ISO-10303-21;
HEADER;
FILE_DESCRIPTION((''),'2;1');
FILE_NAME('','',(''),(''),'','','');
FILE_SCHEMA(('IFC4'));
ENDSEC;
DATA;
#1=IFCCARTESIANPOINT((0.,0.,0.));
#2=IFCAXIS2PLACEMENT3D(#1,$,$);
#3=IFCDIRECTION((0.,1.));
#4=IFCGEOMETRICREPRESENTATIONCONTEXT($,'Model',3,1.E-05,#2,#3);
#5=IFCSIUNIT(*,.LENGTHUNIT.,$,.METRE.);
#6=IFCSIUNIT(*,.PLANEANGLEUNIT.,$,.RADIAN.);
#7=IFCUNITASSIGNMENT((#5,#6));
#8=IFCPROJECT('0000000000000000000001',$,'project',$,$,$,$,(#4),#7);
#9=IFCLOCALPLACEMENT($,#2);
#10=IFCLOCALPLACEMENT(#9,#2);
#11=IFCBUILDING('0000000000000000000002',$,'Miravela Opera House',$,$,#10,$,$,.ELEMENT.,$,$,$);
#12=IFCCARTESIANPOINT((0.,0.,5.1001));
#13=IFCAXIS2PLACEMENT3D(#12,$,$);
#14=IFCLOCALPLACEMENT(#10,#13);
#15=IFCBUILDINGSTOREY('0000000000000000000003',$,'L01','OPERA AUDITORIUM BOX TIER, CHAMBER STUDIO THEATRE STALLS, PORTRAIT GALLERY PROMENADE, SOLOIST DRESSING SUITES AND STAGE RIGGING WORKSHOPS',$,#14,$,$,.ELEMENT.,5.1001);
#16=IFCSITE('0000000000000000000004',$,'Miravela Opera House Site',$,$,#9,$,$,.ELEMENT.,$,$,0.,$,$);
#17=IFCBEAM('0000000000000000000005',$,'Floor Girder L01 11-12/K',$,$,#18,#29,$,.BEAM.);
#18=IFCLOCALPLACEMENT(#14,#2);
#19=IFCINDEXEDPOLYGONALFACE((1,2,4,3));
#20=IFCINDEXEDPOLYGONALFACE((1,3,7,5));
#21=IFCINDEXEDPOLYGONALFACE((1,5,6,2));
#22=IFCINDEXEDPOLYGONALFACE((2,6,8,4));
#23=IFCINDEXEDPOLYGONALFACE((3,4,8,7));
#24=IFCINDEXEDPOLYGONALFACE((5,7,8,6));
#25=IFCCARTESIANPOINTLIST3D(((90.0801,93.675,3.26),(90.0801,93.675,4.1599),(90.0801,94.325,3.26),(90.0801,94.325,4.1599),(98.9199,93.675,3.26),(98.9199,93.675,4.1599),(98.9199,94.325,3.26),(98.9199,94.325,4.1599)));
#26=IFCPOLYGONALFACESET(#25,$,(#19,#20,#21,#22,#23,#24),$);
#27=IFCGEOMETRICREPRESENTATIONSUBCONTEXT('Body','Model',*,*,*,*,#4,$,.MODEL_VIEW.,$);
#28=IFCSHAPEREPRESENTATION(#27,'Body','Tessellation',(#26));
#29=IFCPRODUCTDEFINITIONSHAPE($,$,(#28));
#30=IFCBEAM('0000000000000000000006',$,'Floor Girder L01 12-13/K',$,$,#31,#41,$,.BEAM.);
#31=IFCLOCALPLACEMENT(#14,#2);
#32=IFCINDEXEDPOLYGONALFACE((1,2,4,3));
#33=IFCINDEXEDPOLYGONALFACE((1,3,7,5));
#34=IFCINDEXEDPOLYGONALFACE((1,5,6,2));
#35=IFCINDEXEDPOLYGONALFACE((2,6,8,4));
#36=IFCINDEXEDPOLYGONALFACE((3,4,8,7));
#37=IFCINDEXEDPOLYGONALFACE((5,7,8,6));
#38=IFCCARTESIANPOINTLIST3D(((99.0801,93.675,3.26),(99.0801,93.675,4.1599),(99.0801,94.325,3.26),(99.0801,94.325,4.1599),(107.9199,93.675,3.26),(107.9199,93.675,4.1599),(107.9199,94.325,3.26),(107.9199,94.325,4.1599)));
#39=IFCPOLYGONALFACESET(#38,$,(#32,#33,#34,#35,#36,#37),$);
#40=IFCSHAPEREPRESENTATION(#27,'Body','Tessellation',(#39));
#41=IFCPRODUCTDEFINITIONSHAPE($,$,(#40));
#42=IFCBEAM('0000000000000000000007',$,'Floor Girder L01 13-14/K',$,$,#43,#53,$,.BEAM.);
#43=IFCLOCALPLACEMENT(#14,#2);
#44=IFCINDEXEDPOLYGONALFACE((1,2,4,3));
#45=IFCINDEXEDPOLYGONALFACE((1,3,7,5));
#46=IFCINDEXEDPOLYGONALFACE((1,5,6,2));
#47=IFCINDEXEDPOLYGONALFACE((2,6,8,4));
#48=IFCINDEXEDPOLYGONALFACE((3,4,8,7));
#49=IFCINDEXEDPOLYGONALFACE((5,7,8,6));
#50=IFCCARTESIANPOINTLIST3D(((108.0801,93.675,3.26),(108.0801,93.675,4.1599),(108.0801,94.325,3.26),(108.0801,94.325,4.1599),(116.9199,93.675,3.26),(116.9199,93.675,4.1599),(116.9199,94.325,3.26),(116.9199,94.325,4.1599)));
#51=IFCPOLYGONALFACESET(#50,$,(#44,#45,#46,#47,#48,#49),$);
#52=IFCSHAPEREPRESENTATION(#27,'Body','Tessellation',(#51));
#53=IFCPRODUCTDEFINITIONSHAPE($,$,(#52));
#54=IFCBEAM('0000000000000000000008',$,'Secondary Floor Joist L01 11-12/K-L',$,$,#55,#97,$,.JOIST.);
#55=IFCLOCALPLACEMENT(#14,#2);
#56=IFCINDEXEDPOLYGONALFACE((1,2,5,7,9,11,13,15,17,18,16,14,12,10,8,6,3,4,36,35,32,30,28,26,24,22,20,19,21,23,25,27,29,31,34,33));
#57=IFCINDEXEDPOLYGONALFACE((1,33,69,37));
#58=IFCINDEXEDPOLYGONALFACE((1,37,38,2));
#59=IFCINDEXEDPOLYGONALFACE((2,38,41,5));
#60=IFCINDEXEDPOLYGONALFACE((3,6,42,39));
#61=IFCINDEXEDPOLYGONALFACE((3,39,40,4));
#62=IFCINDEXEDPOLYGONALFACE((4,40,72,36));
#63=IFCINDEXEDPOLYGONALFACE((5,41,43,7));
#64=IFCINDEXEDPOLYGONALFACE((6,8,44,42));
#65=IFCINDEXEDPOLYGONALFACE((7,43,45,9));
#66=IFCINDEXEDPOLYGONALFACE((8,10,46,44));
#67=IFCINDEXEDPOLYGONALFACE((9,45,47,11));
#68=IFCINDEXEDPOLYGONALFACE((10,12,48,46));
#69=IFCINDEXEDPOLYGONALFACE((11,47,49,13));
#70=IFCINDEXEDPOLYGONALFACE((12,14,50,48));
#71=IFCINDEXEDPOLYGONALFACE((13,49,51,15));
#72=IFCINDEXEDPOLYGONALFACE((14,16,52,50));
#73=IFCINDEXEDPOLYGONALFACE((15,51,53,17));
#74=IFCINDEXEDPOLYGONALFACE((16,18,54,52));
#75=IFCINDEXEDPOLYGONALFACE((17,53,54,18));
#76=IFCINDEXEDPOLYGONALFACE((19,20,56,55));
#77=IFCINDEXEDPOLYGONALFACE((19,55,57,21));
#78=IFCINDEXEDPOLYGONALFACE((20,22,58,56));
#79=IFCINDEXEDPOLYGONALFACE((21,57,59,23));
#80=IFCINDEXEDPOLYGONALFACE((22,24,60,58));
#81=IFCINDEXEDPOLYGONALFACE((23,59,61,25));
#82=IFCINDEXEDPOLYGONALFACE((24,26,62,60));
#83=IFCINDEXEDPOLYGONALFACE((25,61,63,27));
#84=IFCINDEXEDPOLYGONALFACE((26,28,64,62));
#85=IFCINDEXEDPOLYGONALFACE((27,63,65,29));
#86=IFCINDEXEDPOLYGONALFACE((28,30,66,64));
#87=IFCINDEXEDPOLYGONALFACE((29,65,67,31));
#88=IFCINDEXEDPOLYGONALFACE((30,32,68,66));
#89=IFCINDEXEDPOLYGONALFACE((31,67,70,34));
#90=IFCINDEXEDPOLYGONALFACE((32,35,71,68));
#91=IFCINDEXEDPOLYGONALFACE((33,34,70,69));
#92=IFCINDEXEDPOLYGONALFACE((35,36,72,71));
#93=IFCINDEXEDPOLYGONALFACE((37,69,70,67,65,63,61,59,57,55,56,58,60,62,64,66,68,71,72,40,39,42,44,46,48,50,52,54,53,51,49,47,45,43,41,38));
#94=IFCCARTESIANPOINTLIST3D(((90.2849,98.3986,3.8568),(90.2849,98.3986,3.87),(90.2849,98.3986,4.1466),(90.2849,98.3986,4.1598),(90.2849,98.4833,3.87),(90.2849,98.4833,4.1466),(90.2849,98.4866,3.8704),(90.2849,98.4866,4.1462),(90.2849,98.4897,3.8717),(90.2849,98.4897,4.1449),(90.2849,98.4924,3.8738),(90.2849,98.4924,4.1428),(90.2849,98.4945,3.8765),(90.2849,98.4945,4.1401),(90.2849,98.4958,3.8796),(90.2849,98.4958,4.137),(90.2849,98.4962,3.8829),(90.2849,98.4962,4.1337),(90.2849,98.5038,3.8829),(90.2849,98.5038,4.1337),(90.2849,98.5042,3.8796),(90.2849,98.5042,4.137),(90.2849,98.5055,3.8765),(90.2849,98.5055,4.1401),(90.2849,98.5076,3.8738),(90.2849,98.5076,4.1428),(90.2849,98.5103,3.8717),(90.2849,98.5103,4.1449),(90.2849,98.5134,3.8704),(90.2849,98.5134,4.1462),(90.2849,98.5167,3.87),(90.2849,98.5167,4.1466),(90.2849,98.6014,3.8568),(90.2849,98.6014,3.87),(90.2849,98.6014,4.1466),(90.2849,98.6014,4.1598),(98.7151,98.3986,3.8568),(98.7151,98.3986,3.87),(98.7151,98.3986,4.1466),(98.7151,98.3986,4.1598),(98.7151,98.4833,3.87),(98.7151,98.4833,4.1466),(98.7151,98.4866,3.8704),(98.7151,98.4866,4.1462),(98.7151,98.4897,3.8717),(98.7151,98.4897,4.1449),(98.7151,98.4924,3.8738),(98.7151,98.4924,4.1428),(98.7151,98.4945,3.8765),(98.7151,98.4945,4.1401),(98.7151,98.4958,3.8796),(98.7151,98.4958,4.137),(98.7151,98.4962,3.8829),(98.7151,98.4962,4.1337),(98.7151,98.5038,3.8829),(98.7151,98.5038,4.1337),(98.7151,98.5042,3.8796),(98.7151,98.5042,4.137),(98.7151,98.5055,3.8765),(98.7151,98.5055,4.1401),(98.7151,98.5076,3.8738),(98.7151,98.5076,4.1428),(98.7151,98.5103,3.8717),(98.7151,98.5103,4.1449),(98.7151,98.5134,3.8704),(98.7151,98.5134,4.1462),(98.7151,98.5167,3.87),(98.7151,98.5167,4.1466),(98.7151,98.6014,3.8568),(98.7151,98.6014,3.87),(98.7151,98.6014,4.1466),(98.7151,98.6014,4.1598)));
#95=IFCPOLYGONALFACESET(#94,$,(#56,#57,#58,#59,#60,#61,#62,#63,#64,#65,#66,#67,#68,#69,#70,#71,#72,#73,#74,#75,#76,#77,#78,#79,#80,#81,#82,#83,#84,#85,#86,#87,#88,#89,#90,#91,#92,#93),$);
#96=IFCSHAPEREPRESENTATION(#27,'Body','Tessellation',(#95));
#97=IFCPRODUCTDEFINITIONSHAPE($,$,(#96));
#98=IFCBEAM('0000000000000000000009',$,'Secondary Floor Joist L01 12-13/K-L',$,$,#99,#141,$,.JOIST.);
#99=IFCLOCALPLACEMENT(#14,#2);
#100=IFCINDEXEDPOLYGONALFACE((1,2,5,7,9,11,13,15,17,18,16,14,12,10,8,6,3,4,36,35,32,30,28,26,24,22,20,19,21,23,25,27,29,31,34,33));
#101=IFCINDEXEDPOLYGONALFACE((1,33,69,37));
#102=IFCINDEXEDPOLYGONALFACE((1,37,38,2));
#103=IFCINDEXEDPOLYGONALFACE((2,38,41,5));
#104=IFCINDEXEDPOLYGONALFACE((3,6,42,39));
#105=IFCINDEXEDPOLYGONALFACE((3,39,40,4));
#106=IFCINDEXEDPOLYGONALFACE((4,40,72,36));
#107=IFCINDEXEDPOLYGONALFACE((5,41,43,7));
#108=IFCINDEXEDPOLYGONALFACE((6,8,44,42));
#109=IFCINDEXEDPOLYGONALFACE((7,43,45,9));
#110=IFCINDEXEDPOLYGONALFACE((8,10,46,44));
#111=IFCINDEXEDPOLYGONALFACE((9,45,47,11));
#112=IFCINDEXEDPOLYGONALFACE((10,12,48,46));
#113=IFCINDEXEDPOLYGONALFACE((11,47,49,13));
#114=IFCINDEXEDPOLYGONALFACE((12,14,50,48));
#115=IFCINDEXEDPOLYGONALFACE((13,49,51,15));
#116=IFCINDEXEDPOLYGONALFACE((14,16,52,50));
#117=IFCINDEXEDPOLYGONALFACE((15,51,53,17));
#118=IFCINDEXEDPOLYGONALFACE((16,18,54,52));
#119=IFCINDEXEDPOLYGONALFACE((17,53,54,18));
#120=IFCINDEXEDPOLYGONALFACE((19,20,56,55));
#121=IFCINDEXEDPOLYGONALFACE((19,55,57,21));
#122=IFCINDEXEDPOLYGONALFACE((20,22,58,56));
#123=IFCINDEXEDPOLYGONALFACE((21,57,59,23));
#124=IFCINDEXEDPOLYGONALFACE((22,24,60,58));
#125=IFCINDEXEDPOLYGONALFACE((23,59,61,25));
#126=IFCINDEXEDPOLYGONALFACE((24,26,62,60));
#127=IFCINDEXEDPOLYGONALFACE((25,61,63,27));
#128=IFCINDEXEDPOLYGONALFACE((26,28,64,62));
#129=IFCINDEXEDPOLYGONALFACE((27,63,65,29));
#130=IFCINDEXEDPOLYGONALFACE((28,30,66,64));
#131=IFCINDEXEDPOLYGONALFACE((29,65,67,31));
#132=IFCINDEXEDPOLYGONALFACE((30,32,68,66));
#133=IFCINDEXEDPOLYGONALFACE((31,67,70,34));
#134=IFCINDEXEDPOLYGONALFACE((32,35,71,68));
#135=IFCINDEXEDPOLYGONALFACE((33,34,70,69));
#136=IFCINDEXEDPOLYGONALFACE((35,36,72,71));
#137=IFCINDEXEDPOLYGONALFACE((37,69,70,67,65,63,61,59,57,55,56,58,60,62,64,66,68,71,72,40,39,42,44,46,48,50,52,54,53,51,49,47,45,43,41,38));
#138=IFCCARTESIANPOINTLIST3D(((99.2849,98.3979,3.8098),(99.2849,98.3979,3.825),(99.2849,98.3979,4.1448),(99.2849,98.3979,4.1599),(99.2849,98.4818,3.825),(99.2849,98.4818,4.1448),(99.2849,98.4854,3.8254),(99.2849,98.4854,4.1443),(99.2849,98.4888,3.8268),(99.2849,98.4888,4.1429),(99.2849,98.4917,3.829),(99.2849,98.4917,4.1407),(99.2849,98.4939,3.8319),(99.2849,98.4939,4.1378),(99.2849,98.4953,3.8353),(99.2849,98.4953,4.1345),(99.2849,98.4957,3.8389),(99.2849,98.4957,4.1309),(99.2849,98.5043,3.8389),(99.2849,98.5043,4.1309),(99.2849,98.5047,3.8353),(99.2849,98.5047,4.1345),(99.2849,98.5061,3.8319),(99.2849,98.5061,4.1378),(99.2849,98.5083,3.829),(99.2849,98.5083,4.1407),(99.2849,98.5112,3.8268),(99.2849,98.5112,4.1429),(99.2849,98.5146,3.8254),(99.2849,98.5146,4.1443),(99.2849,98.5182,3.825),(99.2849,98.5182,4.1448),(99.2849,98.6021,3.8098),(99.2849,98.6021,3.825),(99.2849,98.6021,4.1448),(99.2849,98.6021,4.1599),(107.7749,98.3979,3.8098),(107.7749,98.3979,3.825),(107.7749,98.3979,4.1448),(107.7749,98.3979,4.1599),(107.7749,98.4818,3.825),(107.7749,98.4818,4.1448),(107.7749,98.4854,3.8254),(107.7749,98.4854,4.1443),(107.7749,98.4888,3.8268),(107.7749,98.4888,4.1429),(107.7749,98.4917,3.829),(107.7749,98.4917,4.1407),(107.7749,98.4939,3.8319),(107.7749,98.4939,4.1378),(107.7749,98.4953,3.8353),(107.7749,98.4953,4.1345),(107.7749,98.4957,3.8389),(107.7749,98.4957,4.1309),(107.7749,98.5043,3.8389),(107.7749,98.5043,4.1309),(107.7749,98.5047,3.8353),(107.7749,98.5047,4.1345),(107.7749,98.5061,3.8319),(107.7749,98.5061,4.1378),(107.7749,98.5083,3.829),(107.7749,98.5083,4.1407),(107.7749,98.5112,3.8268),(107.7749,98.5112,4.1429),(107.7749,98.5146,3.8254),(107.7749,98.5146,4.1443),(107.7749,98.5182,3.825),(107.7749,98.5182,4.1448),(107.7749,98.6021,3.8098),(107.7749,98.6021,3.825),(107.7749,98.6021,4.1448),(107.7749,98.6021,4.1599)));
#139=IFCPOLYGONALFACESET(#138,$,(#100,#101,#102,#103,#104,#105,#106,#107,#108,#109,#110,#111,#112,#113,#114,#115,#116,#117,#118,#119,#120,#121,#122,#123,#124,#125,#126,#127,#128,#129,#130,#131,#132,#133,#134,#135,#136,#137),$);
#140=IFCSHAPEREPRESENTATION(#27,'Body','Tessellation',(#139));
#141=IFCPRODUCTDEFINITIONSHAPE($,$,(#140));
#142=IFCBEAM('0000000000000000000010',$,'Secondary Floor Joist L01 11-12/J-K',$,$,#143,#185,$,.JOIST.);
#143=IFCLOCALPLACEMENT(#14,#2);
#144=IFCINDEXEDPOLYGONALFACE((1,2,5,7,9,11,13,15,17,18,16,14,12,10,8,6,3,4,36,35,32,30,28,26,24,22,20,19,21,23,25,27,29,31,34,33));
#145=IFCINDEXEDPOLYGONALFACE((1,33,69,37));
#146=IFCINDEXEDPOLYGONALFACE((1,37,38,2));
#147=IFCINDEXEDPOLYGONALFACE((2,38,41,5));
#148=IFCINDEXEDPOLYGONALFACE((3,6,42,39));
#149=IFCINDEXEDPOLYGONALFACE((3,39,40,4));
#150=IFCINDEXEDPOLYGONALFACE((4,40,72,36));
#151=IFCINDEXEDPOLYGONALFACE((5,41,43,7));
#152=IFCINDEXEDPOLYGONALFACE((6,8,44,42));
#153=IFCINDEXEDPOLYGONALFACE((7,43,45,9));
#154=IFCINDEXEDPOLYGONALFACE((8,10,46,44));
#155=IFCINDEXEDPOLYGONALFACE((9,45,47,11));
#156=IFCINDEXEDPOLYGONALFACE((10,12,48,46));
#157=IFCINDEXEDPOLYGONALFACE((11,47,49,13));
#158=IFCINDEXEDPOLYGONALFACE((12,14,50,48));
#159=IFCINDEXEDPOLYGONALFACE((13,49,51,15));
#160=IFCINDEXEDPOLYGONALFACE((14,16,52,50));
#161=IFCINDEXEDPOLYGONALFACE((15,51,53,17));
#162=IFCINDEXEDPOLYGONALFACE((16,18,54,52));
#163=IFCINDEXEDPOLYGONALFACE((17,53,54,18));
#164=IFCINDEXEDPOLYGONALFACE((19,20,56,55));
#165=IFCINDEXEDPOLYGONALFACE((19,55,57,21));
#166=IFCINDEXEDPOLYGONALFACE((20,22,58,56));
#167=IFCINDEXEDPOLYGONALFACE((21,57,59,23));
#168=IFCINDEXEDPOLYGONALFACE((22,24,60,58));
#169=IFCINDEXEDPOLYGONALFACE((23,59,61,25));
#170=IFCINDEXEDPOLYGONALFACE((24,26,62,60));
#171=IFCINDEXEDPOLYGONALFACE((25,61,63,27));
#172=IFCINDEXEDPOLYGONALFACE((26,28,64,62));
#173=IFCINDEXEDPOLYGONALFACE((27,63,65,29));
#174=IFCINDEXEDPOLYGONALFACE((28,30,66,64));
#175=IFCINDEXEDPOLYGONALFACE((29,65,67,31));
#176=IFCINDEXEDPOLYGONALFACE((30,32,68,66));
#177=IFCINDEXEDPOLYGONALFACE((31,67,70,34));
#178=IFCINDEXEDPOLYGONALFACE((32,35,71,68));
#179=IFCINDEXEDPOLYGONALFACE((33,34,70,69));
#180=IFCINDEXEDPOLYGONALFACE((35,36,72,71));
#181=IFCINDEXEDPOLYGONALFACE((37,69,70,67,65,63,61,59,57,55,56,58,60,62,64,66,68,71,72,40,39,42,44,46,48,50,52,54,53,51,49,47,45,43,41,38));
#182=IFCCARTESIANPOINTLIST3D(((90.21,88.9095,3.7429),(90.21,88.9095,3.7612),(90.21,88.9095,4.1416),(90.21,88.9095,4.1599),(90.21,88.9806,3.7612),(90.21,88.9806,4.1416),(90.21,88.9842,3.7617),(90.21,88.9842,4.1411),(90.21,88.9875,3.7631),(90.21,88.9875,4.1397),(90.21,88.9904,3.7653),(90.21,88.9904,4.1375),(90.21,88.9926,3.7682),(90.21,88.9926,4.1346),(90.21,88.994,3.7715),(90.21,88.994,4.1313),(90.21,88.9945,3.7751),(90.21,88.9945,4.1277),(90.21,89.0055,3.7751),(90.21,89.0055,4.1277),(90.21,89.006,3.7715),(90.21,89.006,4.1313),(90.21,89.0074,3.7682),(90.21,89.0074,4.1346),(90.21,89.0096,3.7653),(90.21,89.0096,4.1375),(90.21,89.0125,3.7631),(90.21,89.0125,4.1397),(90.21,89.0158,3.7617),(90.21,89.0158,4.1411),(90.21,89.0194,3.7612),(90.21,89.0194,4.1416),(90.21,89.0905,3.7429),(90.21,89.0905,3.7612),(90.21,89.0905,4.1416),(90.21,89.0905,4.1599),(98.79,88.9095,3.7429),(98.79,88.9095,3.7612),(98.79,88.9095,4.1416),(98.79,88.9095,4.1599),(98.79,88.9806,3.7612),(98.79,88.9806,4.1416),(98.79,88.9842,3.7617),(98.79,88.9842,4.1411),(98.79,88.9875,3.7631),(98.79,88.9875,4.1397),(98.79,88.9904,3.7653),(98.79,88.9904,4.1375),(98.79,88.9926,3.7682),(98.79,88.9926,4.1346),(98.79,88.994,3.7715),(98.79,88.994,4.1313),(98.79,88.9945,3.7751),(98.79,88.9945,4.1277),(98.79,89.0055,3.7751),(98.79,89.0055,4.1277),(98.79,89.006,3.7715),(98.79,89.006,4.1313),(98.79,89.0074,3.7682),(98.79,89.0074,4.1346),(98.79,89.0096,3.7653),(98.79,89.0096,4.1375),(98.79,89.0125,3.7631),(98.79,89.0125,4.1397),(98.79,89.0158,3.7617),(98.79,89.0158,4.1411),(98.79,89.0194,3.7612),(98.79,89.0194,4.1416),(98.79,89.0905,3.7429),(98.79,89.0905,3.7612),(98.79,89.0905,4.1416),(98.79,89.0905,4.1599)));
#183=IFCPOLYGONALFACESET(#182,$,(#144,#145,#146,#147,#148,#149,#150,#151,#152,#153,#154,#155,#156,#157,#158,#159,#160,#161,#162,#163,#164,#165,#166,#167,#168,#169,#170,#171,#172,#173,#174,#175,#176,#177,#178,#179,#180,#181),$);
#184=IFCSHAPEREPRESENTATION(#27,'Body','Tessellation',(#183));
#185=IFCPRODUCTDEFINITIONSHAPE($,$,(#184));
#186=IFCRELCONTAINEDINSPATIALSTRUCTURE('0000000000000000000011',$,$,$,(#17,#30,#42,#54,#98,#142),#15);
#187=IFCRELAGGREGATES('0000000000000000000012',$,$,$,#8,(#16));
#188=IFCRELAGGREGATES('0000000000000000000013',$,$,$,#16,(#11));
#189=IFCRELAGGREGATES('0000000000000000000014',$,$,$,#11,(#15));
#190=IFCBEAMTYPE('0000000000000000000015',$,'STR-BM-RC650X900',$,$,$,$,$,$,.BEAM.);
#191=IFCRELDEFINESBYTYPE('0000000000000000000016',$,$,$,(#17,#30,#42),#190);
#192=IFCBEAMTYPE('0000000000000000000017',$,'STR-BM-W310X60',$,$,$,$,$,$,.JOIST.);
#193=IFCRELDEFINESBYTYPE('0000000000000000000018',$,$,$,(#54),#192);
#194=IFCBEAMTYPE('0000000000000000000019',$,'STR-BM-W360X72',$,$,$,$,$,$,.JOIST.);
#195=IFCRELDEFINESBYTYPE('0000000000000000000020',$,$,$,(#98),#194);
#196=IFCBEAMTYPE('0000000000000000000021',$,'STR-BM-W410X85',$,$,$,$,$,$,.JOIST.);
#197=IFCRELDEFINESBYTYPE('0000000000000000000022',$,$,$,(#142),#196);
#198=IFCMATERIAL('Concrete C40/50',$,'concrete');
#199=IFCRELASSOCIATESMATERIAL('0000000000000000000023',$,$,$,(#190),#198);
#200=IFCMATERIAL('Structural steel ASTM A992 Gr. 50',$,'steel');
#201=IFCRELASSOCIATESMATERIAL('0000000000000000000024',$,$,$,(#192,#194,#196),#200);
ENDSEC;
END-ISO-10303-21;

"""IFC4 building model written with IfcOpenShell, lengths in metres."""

from ifc_helpers import new_model, si_unit, direction, frame, origin, origin_2d, place, context, subcontext, project, spatial, rectangle, i_section, extrude, material, material_profile, profile_set, type_object, element, save


model = new_model("IFC4")

# Units and contexts
model_context = context("Model", 3, precision=1e-05, world=origin(), true_north=direction((0.0, 1.0)))
body_context = subcontext(model_context, "Body", "Model", "MODEL_VIEW")
ifc_project = project(units=[si_unit("LENGTHUNIT", "METRE"), si_unit("PLANEANGLEUNIT", "RADIAN")], contexts=[model_context])

# Site, building, storey
site_placement = place(None, origin())
site = spatial("IfcSite", under=ifc_project, at=site_placement, Name="Miravela Opera House Site", CompositionType="ELEMENT", RefElevation=0.0)
building_placement = place(site_placement, origin())
building = spatial("IfcBuilding", under=site, at=building_placement, Name="Miravela Opera House", CompositionType="ELEMENT")
storey_placement = place(building_placement, frame((0.0, 0.0, 5.1001)))
storey = spatial("IfcBuildingStorey", under=building, at=storey_placement, Name="L01", Description="OPERA AUDITORIUM BOX TIER, CHAMBER STUDIO THEATRE STALLS, PORTRAIT GALLERY PROMENADE, SOLOIST DRESSING SUITES AND STAGE RIGGING WORKSHOPS", CompositionType="ELEMENT", Elevation=5.1001)

# Beams
ifc_material_1 = material(Name="Concrete C40/50", Category="concrete")
ifc_material_profile_1 = material_profile(ifc_material_1, rectangle(XDim=0.6499, YDim=0.8999, at=origin_2d()), Name="RC-BM-650X900")
ifc_profile_set_1 = profile_set([ifc_material_profile_1])
beam_type_1 = type_object("IfcBeamType", Name="STR-BM-RC650X900", PredefinedType="BEAM", material=ifc_profile_set_1)
for number, where, z_axis, x_axis, name in (
    (1, (90.0801, 94.0, 3.71), (1.0, 0.0, 0.0), (0.0, 1.0, 0.0), "Floor Girder L01 11-12/K"),
    (2, (99.0801, 94.0, 3.71), (1.0, 0.0, 0.0), (0.0, 1.0, 0.0), "Floor Girder L01 12-13/K"),
    (3, (108.0801, 94.0, 3.71), (1.0, 0.0, 0.0), (0.0, 1.0, 0.0), "Floor Girder L01 13-14/K"),
):
    element("IfcBeam", number, at=place(storey_placement, frame(where, z_axis=z_axis, x_axis=x_axis)), inside=storey, type_object=beam_type_1, Name=name, PredefinedType="BEAM", context=body_context, shape_type="SweptSolid", body=[
        extrude(rectangle(XDim=0.6499, YDim=0.8999, at=origin_2d()), origin(), (0.0, 0.0, 1.0), 8.8398),
    ])
ifc_material_2 = material(Name="Structural steel ASTM A992 Gr. 50", Category="steel")
ifc_material_profile_2 = material_profile(ifc_material_2, i_section(OverallWidth=0.2029, OverallDepth=0.303, WebThickness=0.0076, FlangeThickness=0.0132, FilletRadius=0.0129, at=origin_2d()), Name="W310X60")
ifc_profile_set_2 = profile_set([ifc_material_profile_2])
beam_type_2 = type_object("IfcBeamType", Name="STR-BM-W310X60", PredefinedType="JOIST", material=ifc_profile_set_2)
beam_1_placement = place(storey_placement, frame((90.2849, 98.5, 4.0083), z_axis=(1.0, 0.0, 0.0), x_axis=(0.0, 1.0, 0.0)))
element("IfcBeam", 4, at=beam_1_placement, inside=storey, type_object=beam_type_2, Name="Secondary Floor Joist L01 11-12/K-L", PredefinedType="JOIST", context=body_context, shape_type="SweptSolid", body=[
    extrude(i_section(OverallWidth=0.2029, OverallDepth=0.303, WebThickness=0.0076, FlangeThickness=0.0132, FilletRadius=0.0129, at=origin_2d()), origin(), (0.0, 0.0, 1.0), 8.4302),
])
ifc_material_profile_3 = material_profile(ifc_material_2, i_section(OverallWidth=0.2041, OverallDepth=0.3501, WebThickness=0.0085, FlangeThickness=0.0151, FilletRadius=0.0139, at=origin_2d()), Name="W360X72")
ifc_profile_set_3 = profile_set([ifc_material_profile_3])
beam_type_3 = type_object("IfcBeamType", Name="STR-BM-W360X72", PredefinedType="JOIST", material=ifc_profile_set_3)
beam_2_placement = place(storey_placement, frame((99.2849, 98.5, 3.9849), z_axis=(1.0, 0.0, 0.0), x_axis=(0.0, 1.0, 0.0)))
element("IfcBeam", 5, at=beam_2_placement, inside=storey, type_object=beam_type_3, Name="Secondary Floor Joist L01 12-13/K-L", PredefinedType="JOIST", context=body_context, shape_type="SweptSolid", body=[
    extrude(i_section(OverallWidth=0.2041, OverallDepth=0.3501, WebThickness=0.0085, FlangeThickness=0.0151, FilletRadius=0.0139, at=origin_2d()), origin(), (0.0, 0.0, 1.0), 8.49),
])
ifc_material_profile_4 = material_profile(ifc_material_2, i_section(OverallWidth=0.1809, OverallDepth=0.417, WebThickness=0.011, FlangeThickness=0.0183, FilletRadius=0.0139, at=origin_2d()), Name="W410X85")
ifc_profile_set_4 = profile_set([ifc_material_profile_4])
beam_type_4 = type_object("IfcBeamType", Name="STR-BM-W410X85", PredefinedType="JOIST", material=ifc_profile_set_4)
beam_3_placement = place(storey_placement, frame((90.21, 89.0, 3.9514), z_axis=(1.0, 0.0, 0.0), x_axis=(0.0, 1.0, 0.0)))
element("IfcBeam", 6, at=beam_3_placement, inside=storey, type_object=beam_type_4, Name="Secondary Floor Joist L01 11-12/J-K", PredefinedType="JOIST", context=body_context, shape_type="SweptSolid", body=[
    extrude(i_section(OverallWidth=0.1809, OverallDepth=0.417, WebThickness=0.011, FlangeThickness=0.0183, FilletRadius=0.0139, at=origin_2d()), origin(), (0.0, 0.0, 1.0), 8.5801),
])

save(model, "model.ifc")
